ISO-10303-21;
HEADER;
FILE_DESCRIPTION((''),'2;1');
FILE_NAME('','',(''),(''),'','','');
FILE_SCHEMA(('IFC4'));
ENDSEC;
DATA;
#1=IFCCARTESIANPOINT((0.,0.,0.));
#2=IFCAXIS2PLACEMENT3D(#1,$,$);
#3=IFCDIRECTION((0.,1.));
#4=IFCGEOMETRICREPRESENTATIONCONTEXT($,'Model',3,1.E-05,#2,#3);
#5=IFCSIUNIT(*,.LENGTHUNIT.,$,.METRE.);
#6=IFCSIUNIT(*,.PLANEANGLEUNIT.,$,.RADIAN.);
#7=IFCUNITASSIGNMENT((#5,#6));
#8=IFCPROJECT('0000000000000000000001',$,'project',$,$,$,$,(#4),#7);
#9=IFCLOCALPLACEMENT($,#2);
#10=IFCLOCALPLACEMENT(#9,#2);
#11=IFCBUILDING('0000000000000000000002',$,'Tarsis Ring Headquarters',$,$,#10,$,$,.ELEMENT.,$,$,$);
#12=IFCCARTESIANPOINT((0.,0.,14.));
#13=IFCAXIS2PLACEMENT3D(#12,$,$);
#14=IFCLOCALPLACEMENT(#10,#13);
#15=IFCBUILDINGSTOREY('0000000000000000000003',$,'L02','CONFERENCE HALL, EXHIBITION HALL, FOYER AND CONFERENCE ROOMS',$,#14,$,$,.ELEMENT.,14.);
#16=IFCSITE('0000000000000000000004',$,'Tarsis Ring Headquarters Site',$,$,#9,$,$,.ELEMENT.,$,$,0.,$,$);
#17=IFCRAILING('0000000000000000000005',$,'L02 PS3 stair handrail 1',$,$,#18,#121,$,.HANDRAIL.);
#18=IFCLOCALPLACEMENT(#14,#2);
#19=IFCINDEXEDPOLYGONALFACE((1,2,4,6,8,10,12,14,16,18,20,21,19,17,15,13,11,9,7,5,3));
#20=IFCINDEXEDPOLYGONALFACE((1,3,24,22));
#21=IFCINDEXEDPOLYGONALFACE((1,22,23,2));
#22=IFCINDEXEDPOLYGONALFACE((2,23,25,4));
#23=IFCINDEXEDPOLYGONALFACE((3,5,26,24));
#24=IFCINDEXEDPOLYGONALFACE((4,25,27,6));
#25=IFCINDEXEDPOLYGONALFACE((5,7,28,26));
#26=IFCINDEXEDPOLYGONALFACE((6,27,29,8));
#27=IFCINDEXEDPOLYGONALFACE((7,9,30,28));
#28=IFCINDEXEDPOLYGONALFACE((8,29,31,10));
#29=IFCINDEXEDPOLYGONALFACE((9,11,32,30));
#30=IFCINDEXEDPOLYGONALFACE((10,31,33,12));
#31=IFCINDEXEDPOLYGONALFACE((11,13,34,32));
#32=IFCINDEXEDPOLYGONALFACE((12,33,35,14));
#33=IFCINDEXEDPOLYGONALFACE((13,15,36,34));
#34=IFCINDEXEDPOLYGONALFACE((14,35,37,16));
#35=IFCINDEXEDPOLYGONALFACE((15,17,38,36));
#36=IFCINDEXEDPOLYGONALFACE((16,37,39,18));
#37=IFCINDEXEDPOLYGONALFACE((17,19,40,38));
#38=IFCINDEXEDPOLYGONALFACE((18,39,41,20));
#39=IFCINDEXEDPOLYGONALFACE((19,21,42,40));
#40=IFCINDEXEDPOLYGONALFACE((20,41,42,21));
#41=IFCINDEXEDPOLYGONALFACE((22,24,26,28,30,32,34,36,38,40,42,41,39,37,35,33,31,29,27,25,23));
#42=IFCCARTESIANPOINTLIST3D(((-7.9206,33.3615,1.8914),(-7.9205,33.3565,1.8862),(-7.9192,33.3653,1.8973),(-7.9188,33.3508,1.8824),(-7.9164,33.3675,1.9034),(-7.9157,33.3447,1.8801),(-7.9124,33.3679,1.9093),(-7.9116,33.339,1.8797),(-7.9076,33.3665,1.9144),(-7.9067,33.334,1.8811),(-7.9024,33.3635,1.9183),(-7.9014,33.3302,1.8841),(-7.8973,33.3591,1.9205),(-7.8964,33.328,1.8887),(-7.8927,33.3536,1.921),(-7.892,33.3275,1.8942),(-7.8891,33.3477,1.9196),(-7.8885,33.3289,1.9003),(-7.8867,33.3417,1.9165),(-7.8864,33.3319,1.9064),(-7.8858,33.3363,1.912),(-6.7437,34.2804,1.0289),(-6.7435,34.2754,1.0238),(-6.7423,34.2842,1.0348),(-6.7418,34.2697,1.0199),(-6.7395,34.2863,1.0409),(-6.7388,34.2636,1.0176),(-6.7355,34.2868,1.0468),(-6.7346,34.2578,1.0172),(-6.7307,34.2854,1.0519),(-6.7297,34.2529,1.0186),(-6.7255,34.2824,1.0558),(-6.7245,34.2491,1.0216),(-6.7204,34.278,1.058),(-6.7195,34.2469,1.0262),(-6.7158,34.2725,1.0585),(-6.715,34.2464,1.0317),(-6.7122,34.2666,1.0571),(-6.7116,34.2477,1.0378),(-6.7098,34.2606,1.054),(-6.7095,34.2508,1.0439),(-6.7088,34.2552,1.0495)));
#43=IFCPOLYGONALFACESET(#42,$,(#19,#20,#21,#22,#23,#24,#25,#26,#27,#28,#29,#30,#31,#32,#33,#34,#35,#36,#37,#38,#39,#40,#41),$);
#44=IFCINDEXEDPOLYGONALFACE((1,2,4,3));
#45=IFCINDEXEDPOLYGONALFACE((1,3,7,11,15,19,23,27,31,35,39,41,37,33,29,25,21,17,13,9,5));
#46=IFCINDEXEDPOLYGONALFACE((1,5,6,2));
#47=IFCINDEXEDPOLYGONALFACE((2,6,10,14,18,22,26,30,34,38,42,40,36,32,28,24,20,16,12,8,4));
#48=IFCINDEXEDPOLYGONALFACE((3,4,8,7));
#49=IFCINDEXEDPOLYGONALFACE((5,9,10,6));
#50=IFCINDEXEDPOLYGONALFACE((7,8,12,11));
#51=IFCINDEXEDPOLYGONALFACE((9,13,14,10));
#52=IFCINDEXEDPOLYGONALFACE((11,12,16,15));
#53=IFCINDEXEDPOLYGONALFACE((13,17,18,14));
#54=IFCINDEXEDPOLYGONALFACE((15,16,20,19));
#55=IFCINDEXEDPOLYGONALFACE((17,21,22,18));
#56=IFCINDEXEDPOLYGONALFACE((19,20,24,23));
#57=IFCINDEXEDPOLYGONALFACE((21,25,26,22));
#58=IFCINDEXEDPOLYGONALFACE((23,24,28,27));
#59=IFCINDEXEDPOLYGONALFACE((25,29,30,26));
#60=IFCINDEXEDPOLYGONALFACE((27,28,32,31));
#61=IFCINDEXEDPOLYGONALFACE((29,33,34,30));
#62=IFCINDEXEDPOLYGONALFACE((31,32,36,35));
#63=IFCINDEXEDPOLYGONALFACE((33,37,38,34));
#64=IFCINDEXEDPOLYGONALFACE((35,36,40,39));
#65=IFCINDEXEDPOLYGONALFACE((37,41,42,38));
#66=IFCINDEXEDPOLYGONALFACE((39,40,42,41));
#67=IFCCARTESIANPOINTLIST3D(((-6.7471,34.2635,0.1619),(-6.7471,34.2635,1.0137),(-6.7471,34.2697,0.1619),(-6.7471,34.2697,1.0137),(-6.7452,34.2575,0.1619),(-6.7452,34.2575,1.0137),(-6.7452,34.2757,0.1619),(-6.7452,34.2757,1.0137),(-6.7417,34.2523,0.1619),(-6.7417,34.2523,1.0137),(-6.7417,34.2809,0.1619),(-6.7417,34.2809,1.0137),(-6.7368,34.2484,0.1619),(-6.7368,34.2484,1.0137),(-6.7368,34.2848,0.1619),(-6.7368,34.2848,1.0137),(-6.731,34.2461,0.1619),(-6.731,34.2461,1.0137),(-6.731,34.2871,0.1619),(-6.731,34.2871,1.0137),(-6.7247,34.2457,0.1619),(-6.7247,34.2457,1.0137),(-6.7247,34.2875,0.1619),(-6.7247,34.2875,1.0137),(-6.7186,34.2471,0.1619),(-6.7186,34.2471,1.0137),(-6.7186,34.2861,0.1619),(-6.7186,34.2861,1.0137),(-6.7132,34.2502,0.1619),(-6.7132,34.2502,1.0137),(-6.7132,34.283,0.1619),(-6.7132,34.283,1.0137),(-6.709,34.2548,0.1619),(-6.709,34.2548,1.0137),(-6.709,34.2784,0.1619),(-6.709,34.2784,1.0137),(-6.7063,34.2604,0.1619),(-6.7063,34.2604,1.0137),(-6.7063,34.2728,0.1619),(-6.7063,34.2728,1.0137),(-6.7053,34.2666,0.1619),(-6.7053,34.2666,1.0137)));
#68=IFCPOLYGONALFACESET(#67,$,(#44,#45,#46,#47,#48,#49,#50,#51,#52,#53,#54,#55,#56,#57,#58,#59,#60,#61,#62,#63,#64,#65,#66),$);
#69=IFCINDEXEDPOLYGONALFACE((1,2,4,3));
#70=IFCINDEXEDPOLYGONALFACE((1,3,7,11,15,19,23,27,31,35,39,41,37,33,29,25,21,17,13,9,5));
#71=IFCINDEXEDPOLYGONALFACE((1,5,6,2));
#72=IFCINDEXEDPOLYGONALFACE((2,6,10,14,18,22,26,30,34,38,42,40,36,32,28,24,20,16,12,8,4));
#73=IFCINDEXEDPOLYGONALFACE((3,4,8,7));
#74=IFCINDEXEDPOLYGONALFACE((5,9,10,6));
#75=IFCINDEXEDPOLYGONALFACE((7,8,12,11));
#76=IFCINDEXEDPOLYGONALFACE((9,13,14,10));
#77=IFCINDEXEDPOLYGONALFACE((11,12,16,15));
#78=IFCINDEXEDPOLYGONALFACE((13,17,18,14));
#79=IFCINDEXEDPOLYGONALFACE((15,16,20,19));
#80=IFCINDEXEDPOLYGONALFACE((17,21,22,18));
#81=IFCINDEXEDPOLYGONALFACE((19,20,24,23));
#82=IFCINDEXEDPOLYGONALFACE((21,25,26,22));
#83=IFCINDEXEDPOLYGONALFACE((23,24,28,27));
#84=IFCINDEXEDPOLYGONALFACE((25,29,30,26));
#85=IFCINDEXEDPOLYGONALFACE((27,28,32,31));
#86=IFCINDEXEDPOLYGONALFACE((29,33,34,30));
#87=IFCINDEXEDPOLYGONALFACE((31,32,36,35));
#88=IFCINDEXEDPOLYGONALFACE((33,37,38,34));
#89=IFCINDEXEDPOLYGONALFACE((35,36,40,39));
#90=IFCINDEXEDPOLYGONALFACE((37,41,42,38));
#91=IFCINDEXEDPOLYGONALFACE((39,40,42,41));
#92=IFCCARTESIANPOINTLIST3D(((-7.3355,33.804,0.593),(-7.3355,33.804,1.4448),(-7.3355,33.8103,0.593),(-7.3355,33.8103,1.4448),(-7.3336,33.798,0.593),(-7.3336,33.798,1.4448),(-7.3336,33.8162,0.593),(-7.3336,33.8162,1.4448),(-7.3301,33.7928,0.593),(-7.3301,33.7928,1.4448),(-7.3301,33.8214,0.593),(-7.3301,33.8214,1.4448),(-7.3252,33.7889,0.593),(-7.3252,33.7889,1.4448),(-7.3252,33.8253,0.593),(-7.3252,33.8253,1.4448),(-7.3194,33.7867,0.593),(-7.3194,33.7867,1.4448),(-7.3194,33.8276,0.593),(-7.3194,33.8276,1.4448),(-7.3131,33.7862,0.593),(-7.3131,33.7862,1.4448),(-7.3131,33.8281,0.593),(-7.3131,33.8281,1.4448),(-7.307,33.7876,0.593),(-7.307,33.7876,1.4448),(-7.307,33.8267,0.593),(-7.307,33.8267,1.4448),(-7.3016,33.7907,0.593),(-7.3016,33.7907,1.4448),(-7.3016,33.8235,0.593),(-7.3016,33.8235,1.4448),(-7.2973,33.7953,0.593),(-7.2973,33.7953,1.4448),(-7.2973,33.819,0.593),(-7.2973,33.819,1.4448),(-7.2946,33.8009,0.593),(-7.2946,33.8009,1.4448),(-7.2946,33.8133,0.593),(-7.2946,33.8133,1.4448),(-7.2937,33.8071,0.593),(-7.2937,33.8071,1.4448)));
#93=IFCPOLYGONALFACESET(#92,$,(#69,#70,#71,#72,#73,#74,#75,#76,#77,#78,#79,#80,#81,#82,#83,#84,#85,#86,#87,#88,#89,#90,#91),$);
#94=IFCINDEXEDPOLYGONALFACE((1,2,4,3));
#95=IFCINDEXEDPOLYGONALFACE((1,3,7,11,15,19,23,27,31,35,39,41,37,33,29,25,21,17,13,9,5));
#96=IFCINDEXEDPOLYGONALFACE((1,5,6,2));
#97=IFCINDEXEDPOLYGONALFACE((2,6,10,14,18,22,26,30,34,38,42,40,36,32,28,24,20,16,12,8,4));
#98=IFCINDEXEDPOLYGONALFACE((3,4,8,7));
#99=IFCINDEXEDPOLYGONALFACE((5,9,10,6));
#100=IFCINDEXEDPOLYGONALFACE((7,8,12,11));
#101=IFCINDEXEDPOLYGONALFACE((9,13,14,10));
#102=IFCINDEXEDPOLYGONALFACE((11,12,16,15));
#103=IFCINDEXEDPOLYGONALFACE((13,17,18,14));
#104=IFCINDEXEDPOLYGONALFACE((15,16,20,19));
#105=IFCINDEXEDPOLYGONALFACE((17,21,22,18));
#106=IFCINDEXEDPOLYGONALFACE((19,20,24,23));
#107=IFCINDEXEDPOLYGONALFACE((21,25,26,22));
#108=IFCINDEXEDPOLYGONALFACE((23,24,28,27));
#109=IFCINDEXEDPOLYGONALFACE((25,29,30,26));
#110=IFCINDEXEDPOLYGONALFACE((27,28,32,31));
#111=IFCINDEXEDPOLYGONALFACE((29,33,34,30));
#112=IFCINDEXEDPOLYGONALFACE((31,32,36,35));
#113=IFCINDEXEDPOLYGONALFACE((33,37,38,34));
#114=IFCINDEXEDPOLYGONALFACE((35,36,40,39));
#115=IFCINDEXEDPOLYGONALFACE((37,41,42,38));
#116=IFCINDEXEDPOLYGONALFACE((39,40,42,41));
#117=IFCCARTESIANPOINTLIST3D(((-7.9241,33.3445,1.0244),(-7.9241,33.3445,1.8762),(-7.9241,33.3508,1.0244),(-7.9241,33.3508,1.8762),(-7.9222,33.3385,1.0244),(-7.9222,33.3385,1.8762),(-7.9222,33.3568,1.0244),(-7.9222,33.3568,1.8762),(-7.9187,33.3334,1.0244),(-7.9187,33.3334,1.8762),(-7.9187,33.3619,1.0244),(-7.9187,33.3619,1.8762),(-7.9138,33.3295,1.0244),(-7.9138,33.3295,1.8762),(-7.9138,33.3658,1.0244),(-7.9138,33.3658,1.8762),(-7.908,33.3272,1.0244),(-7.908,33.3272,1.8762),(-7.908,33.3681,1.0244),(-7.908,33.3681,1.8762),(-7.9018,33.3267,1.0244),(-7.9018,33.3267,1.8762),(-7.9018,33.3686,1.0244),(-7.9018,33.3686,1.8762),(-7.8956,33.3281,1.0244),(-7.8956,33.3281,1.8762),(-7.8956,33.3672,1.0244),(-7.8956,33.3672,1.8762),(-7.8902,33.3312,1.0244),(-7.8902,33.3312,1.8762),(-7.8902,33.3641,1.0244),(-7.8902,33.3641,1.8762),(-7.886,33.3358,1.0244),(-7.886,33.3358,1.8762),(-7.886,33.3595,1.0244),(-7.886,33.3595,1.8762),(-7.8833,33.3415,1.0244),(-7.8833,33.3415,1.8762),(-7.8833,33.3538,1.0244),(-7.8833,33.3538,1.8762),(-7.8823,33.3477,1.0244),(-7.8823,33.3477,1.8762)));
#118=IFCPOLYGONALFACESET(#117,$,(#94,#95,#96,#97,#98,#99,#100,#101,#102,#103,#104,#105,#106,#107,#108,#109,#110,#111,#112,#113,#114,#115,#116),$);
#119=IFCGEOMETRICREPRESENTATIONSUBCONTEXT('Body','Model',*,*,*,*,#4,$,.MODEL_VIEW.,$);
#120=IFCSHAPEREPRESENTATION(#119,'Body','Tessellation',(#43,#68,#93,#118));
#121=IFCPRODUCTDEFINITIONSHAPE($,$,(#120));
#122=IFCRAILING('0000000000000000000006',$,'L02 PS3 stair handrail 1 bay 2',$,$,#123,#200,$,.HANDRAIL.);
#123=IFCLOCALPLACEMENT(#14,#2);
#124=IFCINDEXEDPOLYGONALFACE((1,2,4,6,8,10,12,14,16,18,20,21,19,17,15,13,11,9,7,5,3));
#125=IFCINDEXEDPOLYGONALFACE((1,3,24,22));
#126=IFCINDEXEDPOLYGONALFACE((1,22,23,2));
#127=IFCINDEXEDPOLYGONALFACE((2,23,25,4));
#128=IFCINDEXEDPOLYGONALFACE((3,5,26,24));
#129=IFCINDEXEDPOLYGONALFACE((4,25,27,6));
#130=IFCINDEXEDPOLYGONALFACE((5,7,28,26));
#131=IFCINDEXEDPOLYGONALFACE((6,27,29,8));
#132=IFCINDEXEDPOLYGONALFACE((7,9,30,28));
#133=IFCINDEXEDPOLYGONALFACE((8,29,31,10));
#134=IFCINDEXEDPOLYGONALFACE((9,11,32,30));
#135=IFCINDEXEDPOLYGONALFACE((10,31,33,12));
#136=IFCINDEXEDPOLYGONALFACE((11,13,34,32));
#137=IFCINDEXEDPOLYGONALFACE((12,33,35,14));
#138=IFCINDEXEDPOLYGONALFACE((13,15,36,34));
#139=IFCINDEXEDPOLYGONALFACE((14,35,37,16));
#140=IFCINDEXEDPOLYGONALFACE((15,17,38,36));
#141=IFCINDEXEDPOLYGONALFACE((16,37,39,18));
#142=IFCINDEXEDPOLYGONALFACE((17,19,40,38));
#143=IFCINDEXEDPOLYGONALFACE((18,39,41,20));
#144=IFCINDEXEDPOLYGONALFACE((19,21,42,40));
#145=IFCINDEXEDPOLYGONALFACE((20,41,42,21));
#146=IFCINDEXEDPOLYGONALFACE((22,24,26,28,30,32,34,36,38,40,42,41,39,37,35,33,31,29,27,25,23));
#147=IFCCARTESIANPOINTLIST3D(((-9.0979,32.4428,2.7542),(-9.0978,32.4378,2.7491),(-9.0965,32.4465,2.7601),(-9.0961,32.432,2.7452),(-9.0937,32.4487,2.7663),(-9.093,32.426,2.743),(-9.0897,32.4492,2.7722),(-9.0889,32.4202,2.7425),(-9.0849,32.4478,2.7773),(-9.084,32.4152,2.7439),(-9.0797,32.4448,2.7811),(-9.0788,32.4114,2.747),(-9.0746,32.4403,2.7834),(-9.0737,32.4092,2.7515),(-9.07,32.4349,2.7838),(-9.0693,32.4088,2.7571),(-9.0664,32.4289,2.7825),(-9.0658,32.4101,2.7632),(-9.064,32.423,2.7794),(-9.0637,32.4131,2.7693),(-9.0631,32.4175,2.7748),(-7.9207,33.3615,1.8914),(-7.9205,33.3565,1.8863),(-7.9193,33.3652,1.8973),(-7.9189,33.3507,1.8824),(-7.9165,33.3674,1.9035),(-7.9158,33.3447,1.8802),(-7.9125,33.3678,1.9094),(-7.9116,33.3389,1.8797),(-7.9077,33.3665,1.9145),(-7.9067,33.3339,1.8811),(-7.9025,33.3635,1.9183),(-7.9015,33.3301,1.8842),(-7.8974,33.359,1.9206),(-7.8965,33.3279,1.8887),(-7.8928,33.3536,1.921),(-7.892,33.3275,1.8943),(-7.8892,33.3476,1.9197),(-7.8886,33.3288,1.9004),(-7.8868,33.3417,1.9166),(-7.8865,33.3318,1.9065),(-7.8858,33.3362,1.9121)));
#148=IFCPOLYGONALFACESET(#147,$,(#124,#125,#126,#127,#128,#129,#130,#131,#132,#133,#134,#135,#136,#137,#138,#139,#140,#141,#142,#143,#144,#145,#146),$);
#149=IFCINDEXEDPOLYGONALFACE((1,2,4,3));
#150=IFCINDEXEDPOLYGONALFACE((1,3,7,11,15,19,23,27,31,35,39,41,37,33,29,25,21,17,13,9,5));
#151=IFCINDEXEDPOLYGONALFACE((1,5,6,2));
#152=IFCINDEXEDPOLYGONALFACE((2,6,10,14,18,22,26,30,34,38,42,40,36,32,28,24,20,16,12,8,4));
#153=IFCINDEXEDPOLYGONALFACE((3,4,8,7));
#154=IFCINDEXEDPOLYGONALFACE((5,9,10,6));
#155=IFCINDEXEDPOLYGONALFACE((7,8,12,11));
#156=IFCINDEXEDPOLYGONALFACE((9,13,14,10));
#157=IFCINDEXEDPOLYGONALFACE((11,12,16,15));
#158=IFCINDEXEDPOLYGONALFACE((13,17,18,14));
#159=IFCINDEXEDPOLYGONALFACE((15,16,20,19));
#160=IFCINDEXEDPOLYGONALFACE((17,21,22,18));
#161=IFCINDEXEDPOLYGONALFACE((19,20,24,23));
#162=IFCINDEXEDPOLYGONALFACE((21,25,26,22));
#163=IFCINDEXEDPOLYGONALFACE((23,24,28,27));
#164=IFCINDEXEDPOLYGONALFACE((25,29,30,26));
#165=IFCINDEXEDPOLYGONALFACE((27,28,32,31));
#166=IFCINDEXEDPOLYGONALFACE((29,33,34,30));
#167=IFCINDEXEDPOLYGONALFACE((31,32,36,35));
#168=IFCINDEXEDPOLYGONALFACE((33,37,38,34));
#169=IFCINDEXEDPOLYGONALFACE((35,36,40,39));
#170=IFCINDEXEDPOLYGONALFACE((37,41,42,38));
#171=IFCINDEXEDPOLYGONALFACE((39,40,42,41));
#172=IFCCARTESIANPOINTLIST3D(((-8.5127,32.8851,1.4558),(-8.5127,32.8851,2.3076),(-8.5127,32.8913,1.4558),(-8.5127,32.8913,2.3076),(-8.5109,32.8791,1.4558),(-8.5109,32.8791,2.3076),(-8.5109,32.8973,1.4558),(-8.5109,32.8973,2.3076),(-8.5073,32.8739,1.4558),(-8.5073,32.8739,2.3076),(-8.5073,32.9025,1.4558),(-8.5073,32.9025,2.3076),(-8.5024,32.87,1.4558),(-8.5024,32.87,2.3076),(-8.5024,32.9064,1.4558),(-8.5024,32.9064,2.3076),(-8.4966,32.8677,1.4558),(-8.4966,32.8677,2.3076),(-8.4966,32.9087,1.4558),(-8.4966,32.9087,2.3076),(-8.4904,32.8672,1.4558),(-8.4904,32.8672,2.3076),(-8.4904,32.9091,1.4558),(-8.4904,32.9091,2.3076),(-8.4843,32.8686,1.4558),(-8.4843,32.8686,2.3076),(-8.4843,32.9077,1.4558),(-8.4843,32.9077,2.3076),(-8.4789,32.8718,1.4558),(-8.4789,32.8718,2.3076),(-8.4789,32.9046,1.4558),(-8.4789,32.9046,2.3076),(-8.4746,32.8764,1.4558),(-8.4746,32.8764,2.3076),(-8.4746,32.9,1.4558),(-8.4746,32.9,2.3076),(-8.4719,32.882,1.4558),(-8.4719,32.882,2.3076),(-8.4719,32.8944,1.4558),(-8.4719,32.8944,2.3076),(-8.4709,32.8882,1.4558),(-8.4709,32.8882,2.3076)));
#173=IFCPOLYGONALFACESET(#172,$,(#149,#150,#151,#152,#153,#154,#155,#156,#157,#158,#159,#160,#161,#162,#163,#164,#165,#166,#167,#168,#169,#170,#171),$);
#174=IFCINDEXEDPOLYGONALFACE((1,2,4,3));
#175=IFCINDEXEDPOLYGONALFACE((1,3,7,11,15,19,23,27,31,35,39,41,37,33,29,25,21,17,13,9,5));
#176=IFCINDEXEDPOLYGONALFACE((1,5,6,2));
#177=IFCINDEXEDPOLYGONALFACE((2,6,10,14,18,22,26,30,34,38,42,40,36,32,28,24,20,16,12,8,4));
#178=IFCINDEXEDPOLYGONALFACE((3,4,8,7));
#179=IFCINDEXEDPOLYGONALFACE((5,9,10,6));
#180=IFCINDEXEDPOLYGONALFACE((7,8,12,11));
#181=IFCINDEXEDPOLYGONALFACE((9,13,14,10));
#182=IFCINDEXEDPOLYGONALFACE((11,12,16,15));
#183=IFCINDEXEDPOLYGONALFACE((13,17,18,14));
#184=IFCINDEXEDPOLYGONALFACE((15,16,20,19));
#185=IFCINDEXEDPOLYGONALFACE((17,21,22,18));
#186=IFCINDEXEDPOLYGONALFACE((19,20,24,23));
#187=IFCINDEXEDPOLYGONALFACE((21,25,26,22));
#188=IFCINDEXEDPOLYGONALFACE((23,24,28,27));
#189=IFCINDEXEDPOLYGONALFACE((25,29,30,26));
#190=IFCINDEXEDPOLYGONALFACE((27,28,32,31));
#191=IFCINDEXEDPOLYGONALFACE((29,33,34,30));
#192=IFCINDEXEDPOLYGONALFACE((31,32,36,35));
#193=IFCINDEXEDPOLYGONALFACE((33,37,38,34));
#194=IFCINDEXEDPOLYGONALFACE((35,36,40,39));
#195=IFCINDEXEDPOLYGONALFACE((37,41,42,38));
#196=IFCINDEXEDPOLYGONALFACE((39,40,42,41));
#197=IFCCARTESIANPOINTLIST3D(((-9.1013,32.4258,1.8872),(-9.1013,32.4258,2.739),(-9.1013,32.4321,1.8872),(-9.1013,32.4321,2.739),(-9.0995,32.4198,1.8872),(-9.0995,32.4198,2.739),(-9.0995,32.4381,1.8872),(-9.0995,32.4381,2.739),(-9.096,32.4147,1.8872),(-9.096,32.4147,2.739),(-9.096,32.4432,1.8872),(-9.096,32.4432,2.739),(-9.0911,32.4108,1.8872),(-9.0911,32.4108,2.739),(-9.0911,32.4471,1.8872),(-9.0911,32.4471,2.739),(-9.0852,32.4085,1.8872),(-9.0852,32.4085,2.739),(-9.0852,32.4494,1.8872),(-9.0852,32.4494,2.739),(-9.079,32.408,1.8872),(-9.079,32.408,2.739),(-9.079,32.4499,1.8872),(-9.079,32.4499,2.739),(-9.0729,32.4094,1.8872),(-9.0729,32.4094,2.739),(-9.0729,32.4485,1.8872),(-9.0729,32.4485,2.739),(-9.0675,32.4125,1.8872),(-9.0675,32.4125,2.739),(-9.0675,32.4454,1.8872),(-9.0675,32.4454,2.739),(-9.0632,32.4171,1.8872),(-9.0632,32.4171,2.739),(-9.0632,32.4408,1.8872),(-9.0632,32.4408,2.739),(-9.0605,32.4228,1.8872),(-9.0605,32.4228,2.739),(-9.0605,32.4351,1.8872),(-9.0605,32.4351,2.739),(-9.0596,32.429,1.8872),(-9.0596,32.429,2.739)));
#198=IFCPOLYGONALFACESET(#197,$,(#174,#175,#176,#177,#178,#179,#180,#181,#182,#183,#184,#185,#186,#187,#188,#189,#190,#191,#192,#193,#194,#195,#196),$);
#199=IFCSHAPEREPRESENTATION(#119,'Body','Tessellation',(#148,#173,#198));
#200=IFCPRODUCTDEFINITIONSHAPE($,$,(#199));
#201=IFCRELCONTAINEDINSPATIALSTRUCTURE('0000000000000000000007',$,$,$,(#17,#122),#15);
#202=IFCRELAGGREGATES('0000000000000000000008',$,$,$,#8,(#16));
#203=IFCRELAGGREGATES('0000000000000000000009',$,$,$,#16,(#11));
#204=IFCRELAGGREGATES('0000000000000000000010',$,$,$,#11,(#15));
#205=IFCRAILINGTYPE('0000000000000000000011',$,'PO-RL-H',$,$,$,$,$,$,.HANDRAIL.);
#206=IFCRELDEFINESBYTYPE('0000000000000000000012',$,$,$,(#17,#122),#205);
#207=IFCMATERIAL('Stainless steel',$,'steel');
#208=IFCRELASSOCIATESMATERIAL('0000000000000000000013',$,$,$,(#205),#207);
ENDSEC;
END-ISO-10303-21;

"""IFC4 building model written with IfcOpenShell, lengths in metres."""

from ifc_helpers import new_model, si_unit, direction, frame, origin, origin_2d, place, context, subcontext, project, spatial, circle, extrude, material, type_object, element, save


model = new_model("IFC4")

# Units and contexts
model_context = context("Model", 3, precision=1e-05, world=origin(), true_north=direction((0.0, 1.0)))
body_context = subcontext(model_context, "Body", "Model", "MODEL_VIEW")
ifc_project = project(units=[si_unit("LENGTHUNIT", "METRE"), si_unit("PLANEANGLEUNIT", "RADIAN")], contexts=[model_context])

# Site, building, storey
site_placement = place(None, origin())
site = spatial("IfcSite", under=ifc_project, at=site_placement, Name="Tarsis Ring Headquarters Site", CompositionType="ELEMENT", RefElevation=0.0)
building_placement = place(site_placement, origin())
building = spatial("IfcBuilding", under=site, at=building_placement, Name="Tarsis Ring Headquarters", CompositionType="ELEMENT")
storey_placement = place(building_placement, frame((0.0, 0.0, 14.0)))
storey = spatial("IfcBuildingStorey", under=building, at=storey_placement, Name="L02", Description="CONFERENCE HALL, EXHIBITION HALL, FOYER AND CONFERENCE ROOMS", CompositionType="ELEMENT", Elevation=14.0)

# Railings
ifc_material_1 = material(Name="Stainless steel", Category="steel")
railing_type_1 = type_object("IfcRailingType", Name="PO-RL-H", PredefinedType="HANDRAIL", material=ifc_material_1)
railing_1_placement = place(storey_placement, frame((-6.7263, 34.2666, 0.1619)))
element("IfcRailing", 1, at=railing_1_placement, inside=storey, type_object=railing_type_1, Name="L02 PS3 stair handrail 1", PredefinedType="HANDRAIL", context=body_context, shape_type="SweptSolid", body=[
    extrude(circle(Radius=0.0239, at=origin_2d()), frame((0.0, 0.0, 0.876), z_axis=(-0.682531, -0.532887, 0.500183), x_axis=(0.6154, -0.788215, 0.0)), (0.0, 0.0, 1.0), 1.7244),
    extrude(circle(Radius=0.021, at=origin_2d()), origin(), (0.0, 0.0, 1.0), 0.8518),
    extrude(circle(Radius=0.021, at=origin_2d()), frame((-0.5884, -0.4595, 0.4312)), (0.0, 0.0, 1.0), 0.8518),
    extrude(circle(Radius=0.021, at=origin_2d()), frame((-1.177, -0.9189, 0.8625)), (0.0, 0.0, 1.0), 0.8518),
])
railing_2_placement = place(storey_placement, frame((-7.9033, 33.3477, 1.0244)))
element("IfcRailing", 2, at=railing_2_placement, inside=storey, type_object=railing_type_1, Name="L02 PS3 stair handrail 1 bay 2", PredefinedType="HANDRAIL", context=body_context, shape_type="SweptSolid", body=[
    extrude(circle(Radius=0.0239, at=origin_2d()), frame((0.0, 0.0, 0.876), z_axis=(-0.68261, -0.532696, 0.500279), x_axis=(0.615219, -0.788356, 0.0)), (0.0, 0.0, 1.0), 1.7246),
    extrude(circle(Radius=0.021, at=origin_2d()), frame((-0.5886, -0.4595, 0.4314)), (0.0, 0.0, 1.0), 0.8518),
    extrude(circle(Radius=0.021, at=origin_2d()), frame((-1.1772, -0.9187, 0.8628)), (0.0, 0.0, 1.0), 0.8518),
])

save(model, "model.ifc")
